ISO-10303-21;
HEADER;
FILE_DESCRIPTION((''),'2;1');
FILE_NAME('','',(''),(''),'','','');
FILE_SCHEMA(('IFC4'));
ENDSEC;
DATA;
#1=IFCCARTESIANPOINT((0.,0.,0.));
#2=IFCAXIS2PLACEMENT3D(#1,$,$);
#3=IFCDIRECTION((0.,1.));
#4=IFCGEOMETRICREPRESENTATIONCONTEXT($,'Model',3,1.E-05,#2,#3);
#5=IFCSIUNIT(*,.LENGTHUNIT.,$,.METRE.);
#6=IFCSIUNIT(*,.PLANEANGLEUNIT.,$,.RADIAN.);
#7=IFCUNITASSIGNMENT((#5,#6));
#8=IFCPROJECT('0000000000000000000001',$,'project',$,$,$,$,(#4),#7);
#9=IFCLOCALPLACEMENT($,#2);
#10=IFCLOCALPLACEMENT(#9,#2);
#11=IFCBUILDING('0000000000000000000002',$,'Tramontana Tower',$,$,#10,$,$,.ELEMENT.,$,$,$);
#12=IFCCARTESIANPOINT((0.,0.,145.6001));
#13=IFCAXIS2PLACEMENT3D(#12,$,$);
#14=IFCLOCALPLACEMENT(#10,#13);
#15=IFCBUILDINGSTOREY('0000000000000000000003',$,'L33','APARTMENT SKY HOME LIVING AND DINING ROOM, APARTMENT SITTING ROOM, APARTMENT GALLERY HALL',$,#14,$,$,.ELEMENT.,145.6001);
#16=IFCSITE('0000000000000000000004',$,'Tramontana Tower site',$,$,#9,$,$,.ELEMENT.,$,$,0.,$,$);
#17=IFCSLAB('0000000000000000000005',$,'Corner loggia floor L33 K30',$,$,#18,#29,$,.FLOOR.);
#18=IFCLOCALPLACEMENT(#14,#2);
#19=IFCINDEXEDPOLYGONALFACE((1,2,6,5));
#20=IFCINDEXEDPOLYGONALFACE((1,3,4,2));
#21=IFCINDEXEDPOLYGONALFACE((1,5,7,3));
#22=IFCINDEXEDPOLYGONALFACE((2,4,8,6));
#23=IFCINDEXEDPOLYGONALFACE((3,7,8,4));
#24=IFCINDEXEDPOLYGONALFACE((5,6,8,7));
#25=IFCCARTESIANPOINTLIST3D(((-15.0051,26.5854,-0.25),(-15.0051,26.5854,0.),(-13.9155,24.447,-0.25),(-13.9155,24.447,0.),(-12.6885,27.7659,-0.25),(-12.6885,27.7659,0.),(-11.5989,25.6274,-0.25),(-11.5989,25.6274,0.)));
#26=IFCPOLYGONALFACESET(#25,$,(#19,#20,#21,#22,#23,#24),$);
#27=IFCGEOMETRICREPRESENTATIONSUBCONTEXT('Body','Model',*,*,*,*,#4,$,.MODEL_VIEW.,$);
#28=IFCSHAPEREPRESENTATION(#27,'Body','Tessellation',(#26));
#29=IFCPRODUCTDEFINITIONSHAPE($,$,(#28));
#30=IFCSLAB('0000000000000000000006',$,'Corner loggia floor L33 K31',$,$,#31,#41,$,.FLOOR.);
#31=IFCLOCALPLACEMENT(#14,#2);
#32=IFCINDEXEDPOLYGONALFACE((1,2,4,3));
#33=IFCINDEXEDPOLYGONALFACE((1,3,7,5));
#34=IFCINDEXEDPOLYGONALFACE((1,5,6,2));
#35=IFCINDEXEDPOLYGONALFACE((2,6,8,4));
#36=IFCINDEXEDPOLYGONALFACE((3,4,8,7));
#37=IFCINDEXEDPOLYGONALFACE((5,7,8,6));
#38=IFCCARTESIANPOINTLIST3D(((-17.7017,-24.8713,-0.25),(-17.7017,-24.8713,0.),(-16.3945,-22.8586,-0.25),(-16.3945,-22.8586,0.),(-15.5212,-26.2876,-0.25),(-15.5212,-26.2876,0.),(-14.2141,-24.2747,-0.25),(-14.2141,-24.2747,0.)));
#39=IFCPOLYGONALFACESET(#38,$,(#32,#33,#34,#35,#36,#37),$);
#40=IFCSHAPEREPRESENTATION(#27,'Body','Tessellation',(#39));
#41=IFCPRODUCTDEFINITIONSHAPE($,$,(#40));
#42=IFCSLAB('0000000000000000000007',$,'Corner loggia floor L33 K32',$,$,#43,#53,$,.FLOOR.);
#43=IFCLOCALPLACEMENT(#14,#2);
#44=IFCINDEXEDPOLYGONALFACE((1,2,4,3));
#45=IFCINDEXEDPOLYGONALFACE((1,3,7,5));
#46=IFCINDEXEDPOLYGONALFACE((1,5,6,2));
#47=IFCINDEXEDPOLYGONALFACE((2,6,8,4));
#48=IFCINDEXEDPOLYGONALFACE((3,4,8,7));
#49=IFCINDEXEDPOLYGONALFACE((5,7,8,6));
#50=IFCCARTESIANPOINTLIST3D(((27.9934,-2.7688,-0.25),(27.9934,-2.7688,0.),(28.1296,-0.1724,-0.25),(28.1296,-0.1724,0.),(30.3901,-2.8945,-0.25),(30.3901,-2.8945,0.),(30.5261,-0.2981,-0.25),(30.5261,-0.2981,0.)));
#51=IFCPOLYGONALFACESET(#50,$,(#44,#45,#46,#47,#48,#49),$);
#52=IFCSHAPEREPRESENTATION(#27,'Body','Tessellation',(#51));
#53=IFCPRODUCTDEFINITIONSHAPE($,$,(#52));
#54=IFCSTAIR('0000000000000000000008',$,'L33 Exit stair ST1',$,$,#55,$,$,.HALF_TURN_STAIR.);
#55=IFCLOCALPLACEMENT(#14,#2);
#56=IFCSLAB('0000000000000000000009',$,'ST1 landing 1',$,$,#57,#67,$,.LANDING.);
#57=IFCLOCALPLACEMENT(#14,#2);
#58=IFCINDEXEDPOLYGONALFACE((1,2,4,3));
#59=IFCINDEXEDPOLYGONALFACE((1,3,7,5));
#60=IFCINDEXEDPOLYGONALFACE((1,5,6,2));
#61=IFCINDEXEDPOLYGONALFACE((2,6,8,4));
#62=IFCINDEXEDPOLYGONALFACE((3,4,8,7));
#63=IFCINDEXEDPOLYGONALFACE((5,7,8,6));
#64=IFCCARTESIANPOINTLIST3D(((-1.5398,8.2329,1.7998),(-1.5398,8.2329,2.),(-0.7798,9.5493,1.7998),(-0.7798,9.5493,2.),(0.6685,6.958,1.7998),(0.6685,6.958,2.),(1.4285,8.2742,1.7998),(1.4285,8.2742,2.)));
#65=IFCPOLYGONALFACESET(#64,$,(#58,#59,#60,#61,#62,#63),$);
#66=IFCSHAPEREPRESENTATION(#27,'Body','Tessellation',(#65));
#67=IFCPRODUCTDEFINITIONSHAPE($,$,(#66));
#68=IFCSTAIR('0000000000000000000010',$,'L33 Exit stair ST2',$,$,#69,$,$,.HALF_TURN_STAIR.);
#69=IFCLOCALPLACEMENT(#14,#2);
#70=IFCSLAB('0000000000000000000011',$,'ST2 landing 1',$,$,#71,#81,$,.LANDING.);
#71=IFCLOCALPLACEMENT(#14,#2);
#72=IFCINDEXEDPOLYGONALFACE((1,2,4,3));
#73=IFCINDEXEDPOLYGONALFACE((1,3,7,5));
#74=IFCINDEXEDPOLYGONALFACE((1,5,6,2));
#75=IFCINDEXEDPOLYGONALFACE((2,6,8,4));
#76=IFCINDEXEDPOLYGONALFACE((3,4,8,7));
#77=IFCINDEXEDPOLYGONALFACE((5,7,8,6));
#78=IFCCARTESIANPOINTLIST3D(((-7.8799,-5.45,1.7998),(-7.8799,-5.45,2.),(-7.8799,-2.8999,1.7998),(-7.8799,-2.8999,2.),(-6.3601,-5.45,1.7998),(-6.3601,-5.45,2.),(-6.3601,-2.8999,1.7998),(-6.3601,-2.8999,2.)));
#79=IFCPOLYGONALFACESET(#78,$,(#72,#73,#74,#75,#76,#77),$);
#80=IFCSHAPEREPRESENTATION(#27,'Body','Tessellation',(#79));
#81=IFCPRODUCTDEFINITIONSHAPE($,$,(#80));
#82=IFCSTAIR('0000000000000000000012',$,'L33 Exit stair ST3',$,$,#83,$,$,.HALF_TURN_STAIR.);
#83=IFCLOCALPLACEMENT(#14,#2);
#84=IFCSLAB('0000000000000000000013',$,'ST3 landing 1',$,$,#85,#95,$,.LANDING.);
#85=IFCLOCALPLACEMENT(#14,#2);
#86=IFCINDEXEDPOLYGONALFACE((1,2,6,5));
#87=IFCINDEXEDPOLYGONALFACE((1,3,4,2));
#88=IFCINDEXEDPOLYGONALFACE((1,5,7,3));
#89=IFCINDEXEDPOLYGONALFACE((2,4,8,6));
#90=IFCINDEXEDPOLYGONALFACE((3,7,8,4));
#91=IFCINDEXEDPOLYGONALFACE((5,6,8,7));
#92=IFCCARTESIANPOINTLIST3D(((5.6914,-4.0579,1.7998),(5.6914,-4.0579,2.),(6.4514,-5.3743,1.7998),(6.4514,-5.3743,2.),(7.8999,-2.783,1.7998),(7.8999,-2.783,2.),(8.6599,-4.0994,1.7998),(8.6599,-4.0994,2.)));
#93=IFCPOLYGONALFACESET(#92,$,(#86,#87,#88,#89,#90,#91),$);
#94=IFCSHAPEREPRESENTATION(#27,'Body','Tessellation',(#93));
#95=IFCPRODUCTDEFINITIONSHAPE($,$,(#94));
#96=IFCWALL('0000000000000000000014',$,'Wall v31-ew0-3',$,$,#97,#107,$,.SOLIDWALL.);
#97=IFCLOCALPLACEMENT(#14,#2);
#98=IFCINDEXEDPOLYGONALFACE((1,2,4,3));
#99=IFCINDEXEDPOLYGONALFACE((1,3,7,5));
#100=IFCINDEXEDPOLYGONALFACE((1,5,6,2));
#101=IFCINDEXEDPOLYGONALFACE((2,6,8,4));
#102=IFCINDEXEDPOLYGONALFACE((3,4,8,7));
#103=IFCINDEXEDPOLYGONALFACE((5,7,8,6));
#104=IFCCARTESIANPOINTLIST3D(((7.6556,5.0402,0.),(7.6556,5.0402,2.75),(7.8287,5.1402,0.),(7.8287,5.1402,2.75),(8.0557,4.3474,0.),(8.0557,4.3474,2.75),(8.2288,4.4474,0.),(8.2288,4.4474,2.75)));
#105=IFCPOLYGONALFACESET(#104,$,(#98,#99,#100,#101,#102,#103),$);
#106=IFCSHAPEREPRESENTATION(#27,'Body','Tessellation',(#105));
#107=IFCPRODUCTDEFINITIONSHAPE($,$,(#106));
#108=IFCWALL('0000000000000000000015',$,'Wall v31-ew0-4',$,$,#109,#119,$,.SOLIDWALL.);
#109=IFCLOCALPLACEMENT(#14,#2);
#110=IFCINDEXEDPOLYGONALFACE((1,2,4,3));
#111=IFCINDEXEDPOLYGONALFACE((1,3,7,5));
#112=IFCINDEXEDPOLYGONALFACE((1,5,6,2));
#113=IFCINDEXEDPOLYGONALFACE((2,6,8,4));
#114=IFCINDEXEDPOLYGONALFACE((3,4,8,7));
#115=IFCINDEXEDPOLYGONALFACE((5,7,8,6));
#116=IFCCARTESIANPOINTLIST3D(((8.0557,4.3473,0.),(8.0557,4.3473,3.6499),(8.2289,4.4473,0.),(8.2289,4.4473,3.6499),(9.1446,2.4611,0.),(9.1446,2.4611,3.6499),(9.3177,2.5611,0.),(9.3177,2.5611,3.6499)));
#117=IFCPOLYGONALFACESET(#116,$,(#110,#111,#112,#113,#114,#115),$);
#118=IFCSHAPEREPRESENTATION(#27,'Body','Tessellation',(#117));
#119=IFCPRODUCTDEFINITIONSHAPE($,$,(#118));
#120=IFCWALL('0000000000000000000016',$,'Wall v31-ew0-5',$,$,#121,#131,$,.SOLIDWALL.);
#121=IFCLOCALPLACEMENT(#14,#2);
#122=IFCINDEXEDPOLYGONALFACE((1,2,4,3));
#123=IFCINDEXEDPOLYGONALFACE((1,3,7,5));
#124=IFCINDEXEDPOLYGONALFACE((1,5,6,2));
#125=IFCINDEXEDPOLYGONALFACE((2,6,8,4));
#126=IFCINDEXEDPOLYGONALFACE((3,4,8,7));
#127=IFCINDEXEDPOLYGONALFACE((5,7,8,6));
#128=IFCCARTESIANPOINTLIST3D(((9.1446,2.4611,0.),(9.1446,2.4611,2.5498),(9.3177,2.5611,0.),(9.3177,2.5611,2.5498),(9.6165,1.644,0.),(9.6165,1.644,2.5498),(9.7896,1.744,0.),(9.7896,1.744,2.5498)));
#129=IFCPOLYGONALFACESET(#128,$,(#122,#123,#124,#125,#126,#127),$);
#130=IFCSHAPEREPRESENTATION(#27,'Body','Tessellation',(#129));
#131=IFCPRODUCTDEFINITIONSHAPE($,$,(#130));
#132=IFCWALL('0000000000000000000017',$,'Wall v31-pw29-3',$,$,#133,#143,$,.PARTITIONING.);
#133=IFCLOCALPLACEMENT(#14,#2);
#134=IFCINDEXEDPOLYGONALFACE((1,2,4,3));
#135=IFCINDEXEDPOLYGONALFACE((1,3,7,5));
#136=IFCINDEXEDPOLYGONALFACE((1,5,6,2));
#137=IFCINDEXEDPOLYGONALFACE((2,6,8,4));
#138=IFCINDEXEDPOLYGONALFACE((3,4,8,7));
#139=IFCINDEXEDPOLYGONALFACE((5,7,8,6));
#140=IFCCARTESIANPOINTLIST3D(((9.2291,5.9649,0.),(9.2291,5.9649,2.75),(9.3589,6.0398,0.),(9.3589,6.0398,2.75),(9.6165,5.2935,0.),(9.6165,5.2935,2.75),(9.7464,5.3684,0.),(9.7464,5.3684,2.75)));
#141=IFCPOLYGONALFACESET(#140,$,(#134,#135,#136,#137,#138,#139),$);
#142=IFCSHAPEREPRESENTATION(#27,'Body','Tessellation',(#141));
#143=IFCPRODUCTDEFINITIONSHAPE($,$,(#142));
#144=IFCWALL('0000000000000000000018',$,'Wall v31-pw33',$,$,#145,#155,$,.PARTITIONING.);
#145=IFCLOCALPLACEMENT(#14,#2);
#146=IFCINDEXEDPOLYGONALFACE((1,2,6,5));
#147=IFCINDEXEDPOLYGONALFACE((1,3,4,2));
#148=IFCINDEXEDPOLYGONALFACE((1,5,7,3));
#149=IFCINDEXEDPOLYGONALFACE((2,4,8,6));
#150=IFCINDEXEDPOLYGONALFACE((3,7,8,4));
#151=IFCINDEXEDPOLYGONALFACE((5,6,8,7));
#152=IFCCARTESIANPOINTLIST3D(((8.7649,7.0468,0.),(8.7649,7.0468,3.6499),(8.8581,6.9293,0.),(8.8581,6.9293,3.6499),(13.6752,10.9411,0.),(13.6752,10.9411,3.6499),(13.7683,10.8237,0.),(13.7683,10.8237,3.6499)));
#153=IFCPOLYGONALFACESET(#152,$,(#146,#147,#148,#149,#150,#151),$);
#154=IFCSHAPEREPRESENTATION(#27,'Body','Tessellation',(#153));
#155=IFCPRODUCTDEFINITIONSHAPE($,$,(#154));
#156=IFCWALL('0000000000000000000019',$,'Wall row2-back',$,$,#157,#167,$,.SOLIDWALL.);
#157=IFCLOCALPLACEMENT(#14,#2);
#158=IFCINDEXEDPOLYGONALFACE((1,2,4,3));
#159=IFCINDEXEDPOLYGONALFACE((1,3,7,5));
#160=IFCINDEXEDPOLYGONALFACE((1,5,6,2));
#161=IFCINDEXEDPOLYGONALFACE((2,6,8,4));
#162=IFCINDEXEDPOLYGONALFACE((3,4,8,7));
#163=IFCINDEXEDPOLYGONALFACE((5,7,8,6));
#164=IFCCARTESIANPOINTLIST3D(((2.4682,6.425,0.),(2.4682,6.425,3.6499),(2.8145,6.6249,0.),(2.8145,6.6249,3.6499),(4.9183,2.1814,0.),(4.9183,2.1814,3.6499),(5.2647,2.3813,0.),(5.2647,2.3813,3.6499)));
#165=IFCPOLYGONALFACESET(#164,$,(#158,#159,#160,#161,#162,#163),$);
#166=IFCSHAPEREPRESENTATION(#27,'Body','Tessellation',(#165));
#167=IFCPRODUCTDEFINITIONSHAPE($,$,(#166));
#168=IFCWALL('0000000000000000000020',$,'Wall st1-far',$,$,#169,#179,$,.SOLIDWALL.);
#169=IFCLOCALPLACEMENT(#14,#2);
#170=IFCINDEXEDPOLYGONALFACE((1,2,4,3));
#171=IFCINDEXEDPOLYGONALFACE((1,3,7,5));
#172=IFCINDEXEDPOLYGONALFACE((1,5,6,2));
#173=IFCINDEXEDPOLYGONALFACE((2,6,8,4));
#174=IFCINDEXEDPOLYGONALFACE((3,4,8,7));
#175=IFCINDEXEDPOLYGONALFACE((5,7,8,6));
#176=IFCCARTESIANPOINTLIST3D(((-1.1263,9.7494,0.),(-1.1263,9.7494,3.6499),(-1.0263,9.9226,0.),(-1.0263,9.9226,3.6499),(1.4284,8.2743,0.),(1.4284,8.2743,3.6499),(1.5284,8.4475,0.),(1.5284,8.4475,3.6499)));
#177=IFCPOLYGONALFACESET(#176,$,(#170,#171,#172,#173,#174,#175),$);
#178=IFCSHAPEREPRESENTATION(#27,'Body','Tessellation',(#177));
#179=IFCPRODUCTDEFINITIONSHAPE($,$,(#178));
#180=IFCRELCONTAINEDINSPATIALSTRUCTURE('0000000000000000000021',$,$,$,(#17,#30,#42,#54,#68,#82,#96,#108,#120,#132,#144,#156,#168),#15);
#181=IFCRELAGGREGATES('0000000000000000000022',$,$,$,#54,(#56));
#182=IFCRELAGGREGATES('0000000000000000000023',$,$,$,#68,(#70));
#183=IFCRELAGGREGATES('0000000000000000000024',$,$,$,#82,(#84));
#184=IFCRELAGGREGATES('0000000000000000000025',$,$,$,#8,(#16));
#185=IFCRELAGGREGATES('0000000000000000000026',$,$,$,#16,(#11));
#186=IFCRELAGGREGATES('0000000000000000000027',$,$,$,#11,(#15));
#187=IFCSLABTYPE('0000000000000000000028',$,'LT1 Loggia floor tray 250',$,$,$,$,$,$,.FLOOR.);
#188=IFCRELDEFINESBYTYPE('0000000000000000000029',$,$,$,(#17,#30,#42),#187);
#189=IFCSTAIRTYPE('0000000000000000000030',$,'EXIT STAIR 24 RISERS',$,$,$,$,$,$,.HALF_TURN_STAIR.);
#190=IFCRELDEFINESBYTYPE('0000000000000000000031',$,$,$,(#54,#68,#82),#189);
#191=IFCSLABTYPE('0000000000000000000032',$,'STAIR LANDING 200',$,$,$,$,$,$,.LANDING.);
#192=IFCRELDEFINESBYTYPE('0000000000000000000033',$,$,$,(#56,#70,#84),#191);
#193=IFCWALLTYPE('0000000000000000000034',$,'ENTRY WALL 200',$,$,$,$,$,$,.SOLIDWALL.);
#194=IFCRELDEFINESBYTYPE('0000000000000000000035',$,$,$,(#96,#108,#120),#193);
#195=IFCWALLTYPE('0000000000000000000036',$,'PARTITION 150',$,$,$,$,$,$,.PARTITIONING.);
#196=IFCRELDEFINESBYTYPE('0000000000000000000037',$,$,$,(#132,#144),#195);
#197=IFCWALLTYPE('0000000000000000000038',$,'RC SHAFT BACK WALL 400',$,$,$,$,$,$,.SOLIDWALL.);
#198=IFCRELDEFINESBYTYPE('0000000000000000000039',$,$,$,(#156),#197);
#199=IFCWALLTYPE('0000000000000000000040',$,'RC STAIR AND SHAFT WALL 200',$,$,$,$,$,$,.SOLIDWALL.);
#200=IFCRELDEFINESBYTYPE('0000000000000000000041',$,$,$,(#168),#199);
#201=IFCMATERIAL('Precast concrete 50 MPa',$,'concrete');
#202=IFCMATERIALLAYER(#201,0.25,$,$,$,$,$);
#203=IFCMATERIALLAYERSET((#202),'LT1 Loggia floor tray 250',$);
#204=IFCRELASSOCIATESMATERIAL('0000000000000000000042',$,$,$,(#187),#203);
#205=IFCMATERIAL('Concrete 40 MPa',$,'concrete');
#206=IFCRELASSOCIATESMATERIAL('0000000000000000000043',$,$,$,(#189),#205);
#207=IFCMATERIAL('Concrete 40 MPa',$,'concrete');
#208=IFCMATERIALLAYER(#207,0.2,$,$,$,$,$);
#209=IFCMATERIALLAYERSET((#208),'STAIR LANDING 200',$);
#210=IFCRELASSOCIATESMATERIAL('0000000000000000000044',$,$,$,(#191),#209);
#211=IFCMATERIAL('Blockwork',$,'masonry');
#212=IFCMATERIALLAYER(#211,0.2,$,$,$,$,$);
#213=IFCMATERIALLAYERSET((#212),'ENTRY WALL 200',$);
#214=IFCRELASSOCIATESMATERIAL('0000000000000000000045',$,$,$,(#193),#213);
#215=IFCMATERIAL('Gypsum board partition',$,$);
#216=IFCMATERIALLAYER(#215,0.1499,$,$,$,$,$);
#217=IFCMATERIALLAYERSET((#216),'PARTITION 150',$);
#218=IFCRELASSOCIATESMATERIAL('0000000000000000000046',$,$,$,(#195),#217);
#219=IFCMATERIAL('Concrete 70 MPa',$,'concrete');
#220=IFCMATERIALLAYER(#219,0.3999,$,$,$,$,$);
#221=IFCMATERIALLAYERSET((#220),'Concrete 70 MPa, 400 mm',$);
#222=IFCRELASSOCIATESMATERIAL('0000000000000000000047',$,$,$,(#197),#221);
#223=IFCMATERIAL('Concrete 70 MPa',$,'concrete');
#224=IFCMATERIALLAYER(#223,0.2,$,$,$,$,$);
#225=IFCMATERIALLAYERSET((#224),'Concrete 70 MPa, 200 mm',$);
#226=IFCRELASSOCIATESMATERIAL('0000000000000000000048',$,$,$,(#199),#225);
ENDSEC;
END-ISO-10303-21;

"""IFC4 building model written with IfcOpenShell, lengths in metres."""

from ifc_helpers import new_model, si_unit, direction, frame, frame_2d, origin, place, context, subcontext, project, spatial, polyline, rectangle, outline, extrude, material, layer, layer_set, type_object, element, aggregate, save


model = new_model("IFC4")

# Units and contexts
model_context = context("Model", 3, precision=1e-05, world=origin(), true_north=direction((0.0, 1.0)))
body_context = subcontext(model_context, "Body", "Model", "MODEL_VIEW")
ifc_project = project(units=[si_unit("LENGTHUNIT", "METRE"), si_unit("PLANEANGLEUNIT", "RADIAN")], contexts=[model_context])

# Site, building, storey
site_placement = place(None, origin())
site = spatial("IfcSite", under=ifc_project, at=site_placement, Name="Tramontana Tower site", CompositionType="ELEMENT", RefElevation=0.0)
building_placement = place(site_placement, origin())
building = spatial("IfcBuilding", under=site, at=building_placement, Name="Tramontana Tower", CompositionType="ELEMENT")
storey_placement = place(building_placement, frame((0.0, 0.0, 145.6001)))
storey = spatial("IfcBuildingStorey", under=building, at=storey_placement, Name="L33", Description="APARTMENT SKY HOME LIVING AND DINING ROOM, APARTMENT SITTING ROOM, APARTMENT GALLERY HALL", CompositionType="ELEMENT", Elevation=145.6001)

# Slabs
ifc_material_1 = material(Name="Precast concrete 50 MPa", Category="concrete")
ifc_layer_1 = layer(ifc_material_1, 0.25)
ifc_layer_set_1 = layer_set([ifc_layer_1], Name="LT1 Loggia floor tray 250")
slab_type_1 = type_object("IfcSlabType", Name="LT1 Loggia floor tray 250", PredefinedType="FLOOR", material=ifc_layer_set_1)
slab_1_placement = place(storey_placement, frame((0.0, 0.0, -0.25)))
element("IfcSlab", 1, at=slab_1_placement, inside=storey, type_object=slab_type_1, Name="Corner loggia floor L33 K30", PredefinedType="FLOOR", context=body_context, shape_type="SweptSolid", body=[
    extrude(outline(polyline([(-12.6885, 27.7659), (-11.5989, 25.6274), (-13.9155, 24.447), (-15.0051, 26.5854), (-12.6885, 27.7659)])), origin(), (0.0, 0.0, 1.0), 0.25),
])
slab_2_placement = place(storey_placement, frame((0.0, 0.0, -0.25)))
element("IfcSlab", 2, at=slab_2_placement, inside=storey, type_object=slab_type_1, Name="Corner loggia floor L33 K31", PredefinedType="FLOOR", context=body_context, shape_type="SweptSolid", body=[
    extrude(outline(polyline([(-17.7017, -24.8713), (-16.3945, -22.8586), (-14.2141, -24.2747), (-15.5212, -26.2876), (-17.7017, -24.8713)])), origin(), (0.0, 0.0, 1.0), 0.25),
])
slab_3_placement = place(storey_placement, frame((0.0, 0.0, -0.25)))
element("IfcSlab", 3, at=slab_3_placement, inside=storey, type_object=slab_type_1, Name="Corner loggia floor L33 K32", PredefinedType="FLOOR", context=body_context, shape_type="SweptSolid", body=[
    extrude(outline(polyline([(30.3901, -2.8945), (27.9934, -2.7688), (28.1296, -0.1724), (30.5261, -0.2981), (30.3901, -2.8945)])), origin(), (0.0, 0.0, 1.0), 0.25),
])

# Stairs, slabs
ifc_material_2 = material(Name="Concrete 40 MPa", Category="concrete")
stair_type = type_object("IfcStairType", Name="EXIT STAIR 24 RISERS", PredefinedType="HALF_TURN_STAIR", material=ifc_material_2)
stair_1_placement = place(storey_placement, origin())
stair_1 = element("IfcStair", 4, at=stair_1_placement, inside=storey, type_object=stair_type, Name="L33 Exit stair ST1", PredefinedType="HALF_TURN_STAIR")
ifc_material_3 = material(Name="Concrete 40 MPa", Category="concrete")
ifc_layer_2 = layer(ifc_material_3, 0.2)
ifc_layer_set_2 = layer_set([ifc_layer_2], Name="STAIR LANDING 200")
slab_type_2 = type_object("IfcSlabType", Name="STAIR LANDING 200", PredefinedType="LANDING", material=ifc_layer_set_2)
slab_4_placement = place(storey_placement, frame((0.0, 0.0, 1.7998)))
slab_4 = element("IfcSlab", 5, at=slab_4_placement, type_object=slab_type_2, Name="ST1 landing 1", PredefinedType="LANDING", context=body_context, shape_type="SweptSolid", body=[
    extrude(outline(polyline([(0.6685, 6.958), (1.4285, 8.2742), (-0.7798, 9.5493), (-1.5398, 8.2329), (0.6685, 6.958)])), origin(), (0.0, 0.0, 1.0), 0.2002),
])
aggregate(stair_1, [slab_4])
stair_2_placement = place(storey_placement, origin())
stair_2 = element("IfcStair", 6, at=stair_2_placement, inside=storey, type_object=stair_type, Name="L33 Exit stair ST2", PredefinedType="HALF_TURN_STAIR")
slab_5_placement = place(storey_placement, frame((0.0, 0.0, 1.7998)))
slab_5 = element("IfcSlab", 7, at=slab_5_placement, type_object=slab_type_2, Name="ST2 landing 1", PredefinedType="LANDING", context=body_context, shape_type="SweptSolid", body=[
    extrude(outline(polyline([(-6.3601, -2.8999), (-7.8799, -2.8999), (-7.8799, -5.45), (-6.3601, -5.45), (-6.3601, -2.8999)])), origin(), (0.0, 0.0, 1.0), 0.2002),
])
aggregate(stair_2, [slab_5])
stair_3_placement = place(storey_placement, origin())
stair_3 = element("IfcStair", 8, at=stair_3_placement, inside=storey, type_object=stair_type, Name="L33 Exit stair ST3", PredefinedType="HALF_TURN_STAIR")
slab_6_placement = place(storey_placement, frame((0.0, 0.0, 1.7998)))
slab_6 = element("IfcSlab", 9, at=slab_6_placement, type_object=slab_type_2, Name="ST3 landing 1", PredefinedType="LANDING", context=body_context, shape_type="SweptSolid", body=[
    extrude(outline(polyline([(5.6914, -4.0579), (6.4514, -5.3743), (8.6599, -4.0994), (7.8999, -2.783), (5.6914, -4.0579)])), origin(), (0.0, 0.0, 1.0), 0.2002),
])
aggregate(stair_3, [slab_6])

# Walls
ifc_material_4 = material(Name="Blockwork", Category="masonry")
ifc_layer_3 = layer(ifc_material_4, 0.2)
ifc_layer_set_3 = layer_set([ifc_layer_3], Name="ENTRY WALL 200")
wall_type_1 = type_object("IfcWallType", Name="ENTRY WALL 200", PredefinedType="SOLIDWALL", material=ifc_layer_set_3)
wall_1_placement = place(storey_placement, frame((7.7422, 5.0901, 0.0), z_axis=(0.0, 0.0, 1.0), x_axis=(0.50011, -0.865962, 0.0)))
element("IfcWall", 10, at=wall_1_placement, inside=storey, type_object=wall_type_1, Name="Wall v31-ew0-3", PredefinedType="SOLIDWALL", context=body_context, shape_type="SweptSolid", body=[
    extrude(rectangle(XDim=0.8, YDim=0.2, at=frame_2d((0.3999, 0.0))), origin(), (0.0, 0.0, 1.0), 2.75),
])
wall_2_placement = place(storey_placement, frame((8.1423, 4.3972, 0.0), z_axis=(0.0, 0.0, 1.0), x_axis=(0.499949, -0.866055, 0.0)))
element("IfcWall", 11, at=wall_2_placement, inside=storey, type_object=wall_type_1, Name="Wall v31-ew0-4", PredefinedType="SOLIDWALL", context=body_context, shape_type="SweptSolid", body=[
    extrude(rectangle(XDim=2.178, YDim=0.2, at=frame_2d((1.0889, 0.0))), origin(), (0.0, 0.0, 1.0), 3.6499),
])
wall_3_placement = place(storey_placement, frame((9.2312, 2.511, 0.0), z_axis=(0.0, 0.0, 1.0), x_axis=(0.500118, -0.865957, 0.0)))
element("IfcWall", 12, at=wall_3_placement, inside=storey, type_object=wall_type_1, Name="Wall v31-ew0-5", PredefinedType="SOLIDWALL", context=body_context, shape_type="SweptSolid", body=[
    extrude(rectangle(XDim=0.9436, YDim=0.2, at=frame_2d((0.4717, 0.0))), origin(), (0.0, 0.0, 1.0), 2.5498),
])
ifc_material_5 = material(Name="Gypsum board partition")
ifc_layer_4 = layer(ifc_material_5, 0.1499)
ifc_layer_set_4 = layer_set([ifc_layer_4], Name="PARTITION 150")
wall_type_2 = type_object("IfcWallType", Name="PARTITION 150", PredefinedType="PARTITIONING", material=ifc_layer_set_4)
wall_4_placement = place(storey_placement, frame((9.2939, 6.0024, 0.0), z_axis=(0.0, 0.0, 1.0), x_axis=(0.499832, -0.866123, 0.0)))
element("IfcWall", 13, at=wall_4_placement, inside=storey, type_object=wall_type_2, Name="Wall v31-pw29-3", PredefinedType="PARTITIONING", context=body_context, shape_type="SweptSolid", body=[
    extrude(rectangle(XDim=0.7751, YDim=0.1499, at=frame_2d((0.3877, 0.0))), origin(), (0.0, 0.0, 1.0), 2.75),
])

# Wall
wall_5_placement = place(storey_placement, frame((8.8115, 6.988, 0.0), z_axis=(0.0, 0.0, 1.0), x_axis=(0.783496, 0.621397, 0.0)))
element("IfcWall", 14, at=wall_5_placement, inside=storey, type_object=wall_type_2, Name="Wall v31-pw33", PredefinedType="PARTITIONING", context=body_context, shape_type="SweptSolid", body=[
    extrude(rectangle(XDim=6.2671, YDim=0.1499, at=frame_2d((3.1335, 0.0))), origin(), (0.0, 0.0, 1.0), 3.6499),
])

# Walls
ifc_material_6 = material(Name="Concrete 70 MPa", Category="concrete")
ifc_layer_5 = layer(ifc_material_6, 0.3999)
ifc_layer_set_5 = layer_set([ifc_layer_5], Name="Concrete 70 MPa, 400 mm")
wall_type_3 = type_object("IfcWallType", Name="RC SHAFT BACK WALL 400", PredefinedType="SOLIDWALL", material=ifc_layer_set_5)
wall_6_placement = place(storey_placement, frame((5.0916, 2.2812, 0.0), z_axis=(0.0, 0.0, 1.0), x_axis=(-0.500019, 0.866015, 0.0)))
element("IfcWall", 15, at=wall_6_placement, inside=storey, type_object=wall_type_3, Name="Wall row2-back", PredefinedType="SOLIDWALL", context=body_context, shape_type="SweptSolid", body=[
    extrude(rectangle(XDim=4.9001, YDim=0.3999, at=frame_2d((2.4502, 0.0))), origin(), (0.0, 0.0, 1.0), 3.6499),
])
ifc_material_7 = material(Name="Concrete 70 MPa", Category="concrete")
ifc_layer_6 = layer(ifc_material_7, 0.2)
ifc_layer_set_6 = layer_set([ifc_layer_6], Name="Concrete 70 MPa, 200 mm")
wall_type_4 = type_object("IfcWallType", Name="RC STAIR AND SHAFT WALL 200", PredefinedType="SOLIDWALL", material=ifc_layer_set_6)
wall_7_placement = place(storey_placement, frame((1.4785, 8.3608, 0.0), z_axis=(0.0, 0.0, 1.0), x_axis=(-0.866004, 0.500038, 0.0)))
element("IfcWall", 16, at=wall_7_placement, inside=storey, type_object=wall_type_4, Name="Wall st1-far", PredefinedType="SOLIDWALL", context=body_context, shape_type="SweptSolid", body=[
    extrude(rectangle(XDim=2.95, YDim=0.2, at=frame_2d((1.4751, 0.0))), origin(), (0.0, 0.0, 1.0), 3.6499),
])

save(model, "model.ifc")
